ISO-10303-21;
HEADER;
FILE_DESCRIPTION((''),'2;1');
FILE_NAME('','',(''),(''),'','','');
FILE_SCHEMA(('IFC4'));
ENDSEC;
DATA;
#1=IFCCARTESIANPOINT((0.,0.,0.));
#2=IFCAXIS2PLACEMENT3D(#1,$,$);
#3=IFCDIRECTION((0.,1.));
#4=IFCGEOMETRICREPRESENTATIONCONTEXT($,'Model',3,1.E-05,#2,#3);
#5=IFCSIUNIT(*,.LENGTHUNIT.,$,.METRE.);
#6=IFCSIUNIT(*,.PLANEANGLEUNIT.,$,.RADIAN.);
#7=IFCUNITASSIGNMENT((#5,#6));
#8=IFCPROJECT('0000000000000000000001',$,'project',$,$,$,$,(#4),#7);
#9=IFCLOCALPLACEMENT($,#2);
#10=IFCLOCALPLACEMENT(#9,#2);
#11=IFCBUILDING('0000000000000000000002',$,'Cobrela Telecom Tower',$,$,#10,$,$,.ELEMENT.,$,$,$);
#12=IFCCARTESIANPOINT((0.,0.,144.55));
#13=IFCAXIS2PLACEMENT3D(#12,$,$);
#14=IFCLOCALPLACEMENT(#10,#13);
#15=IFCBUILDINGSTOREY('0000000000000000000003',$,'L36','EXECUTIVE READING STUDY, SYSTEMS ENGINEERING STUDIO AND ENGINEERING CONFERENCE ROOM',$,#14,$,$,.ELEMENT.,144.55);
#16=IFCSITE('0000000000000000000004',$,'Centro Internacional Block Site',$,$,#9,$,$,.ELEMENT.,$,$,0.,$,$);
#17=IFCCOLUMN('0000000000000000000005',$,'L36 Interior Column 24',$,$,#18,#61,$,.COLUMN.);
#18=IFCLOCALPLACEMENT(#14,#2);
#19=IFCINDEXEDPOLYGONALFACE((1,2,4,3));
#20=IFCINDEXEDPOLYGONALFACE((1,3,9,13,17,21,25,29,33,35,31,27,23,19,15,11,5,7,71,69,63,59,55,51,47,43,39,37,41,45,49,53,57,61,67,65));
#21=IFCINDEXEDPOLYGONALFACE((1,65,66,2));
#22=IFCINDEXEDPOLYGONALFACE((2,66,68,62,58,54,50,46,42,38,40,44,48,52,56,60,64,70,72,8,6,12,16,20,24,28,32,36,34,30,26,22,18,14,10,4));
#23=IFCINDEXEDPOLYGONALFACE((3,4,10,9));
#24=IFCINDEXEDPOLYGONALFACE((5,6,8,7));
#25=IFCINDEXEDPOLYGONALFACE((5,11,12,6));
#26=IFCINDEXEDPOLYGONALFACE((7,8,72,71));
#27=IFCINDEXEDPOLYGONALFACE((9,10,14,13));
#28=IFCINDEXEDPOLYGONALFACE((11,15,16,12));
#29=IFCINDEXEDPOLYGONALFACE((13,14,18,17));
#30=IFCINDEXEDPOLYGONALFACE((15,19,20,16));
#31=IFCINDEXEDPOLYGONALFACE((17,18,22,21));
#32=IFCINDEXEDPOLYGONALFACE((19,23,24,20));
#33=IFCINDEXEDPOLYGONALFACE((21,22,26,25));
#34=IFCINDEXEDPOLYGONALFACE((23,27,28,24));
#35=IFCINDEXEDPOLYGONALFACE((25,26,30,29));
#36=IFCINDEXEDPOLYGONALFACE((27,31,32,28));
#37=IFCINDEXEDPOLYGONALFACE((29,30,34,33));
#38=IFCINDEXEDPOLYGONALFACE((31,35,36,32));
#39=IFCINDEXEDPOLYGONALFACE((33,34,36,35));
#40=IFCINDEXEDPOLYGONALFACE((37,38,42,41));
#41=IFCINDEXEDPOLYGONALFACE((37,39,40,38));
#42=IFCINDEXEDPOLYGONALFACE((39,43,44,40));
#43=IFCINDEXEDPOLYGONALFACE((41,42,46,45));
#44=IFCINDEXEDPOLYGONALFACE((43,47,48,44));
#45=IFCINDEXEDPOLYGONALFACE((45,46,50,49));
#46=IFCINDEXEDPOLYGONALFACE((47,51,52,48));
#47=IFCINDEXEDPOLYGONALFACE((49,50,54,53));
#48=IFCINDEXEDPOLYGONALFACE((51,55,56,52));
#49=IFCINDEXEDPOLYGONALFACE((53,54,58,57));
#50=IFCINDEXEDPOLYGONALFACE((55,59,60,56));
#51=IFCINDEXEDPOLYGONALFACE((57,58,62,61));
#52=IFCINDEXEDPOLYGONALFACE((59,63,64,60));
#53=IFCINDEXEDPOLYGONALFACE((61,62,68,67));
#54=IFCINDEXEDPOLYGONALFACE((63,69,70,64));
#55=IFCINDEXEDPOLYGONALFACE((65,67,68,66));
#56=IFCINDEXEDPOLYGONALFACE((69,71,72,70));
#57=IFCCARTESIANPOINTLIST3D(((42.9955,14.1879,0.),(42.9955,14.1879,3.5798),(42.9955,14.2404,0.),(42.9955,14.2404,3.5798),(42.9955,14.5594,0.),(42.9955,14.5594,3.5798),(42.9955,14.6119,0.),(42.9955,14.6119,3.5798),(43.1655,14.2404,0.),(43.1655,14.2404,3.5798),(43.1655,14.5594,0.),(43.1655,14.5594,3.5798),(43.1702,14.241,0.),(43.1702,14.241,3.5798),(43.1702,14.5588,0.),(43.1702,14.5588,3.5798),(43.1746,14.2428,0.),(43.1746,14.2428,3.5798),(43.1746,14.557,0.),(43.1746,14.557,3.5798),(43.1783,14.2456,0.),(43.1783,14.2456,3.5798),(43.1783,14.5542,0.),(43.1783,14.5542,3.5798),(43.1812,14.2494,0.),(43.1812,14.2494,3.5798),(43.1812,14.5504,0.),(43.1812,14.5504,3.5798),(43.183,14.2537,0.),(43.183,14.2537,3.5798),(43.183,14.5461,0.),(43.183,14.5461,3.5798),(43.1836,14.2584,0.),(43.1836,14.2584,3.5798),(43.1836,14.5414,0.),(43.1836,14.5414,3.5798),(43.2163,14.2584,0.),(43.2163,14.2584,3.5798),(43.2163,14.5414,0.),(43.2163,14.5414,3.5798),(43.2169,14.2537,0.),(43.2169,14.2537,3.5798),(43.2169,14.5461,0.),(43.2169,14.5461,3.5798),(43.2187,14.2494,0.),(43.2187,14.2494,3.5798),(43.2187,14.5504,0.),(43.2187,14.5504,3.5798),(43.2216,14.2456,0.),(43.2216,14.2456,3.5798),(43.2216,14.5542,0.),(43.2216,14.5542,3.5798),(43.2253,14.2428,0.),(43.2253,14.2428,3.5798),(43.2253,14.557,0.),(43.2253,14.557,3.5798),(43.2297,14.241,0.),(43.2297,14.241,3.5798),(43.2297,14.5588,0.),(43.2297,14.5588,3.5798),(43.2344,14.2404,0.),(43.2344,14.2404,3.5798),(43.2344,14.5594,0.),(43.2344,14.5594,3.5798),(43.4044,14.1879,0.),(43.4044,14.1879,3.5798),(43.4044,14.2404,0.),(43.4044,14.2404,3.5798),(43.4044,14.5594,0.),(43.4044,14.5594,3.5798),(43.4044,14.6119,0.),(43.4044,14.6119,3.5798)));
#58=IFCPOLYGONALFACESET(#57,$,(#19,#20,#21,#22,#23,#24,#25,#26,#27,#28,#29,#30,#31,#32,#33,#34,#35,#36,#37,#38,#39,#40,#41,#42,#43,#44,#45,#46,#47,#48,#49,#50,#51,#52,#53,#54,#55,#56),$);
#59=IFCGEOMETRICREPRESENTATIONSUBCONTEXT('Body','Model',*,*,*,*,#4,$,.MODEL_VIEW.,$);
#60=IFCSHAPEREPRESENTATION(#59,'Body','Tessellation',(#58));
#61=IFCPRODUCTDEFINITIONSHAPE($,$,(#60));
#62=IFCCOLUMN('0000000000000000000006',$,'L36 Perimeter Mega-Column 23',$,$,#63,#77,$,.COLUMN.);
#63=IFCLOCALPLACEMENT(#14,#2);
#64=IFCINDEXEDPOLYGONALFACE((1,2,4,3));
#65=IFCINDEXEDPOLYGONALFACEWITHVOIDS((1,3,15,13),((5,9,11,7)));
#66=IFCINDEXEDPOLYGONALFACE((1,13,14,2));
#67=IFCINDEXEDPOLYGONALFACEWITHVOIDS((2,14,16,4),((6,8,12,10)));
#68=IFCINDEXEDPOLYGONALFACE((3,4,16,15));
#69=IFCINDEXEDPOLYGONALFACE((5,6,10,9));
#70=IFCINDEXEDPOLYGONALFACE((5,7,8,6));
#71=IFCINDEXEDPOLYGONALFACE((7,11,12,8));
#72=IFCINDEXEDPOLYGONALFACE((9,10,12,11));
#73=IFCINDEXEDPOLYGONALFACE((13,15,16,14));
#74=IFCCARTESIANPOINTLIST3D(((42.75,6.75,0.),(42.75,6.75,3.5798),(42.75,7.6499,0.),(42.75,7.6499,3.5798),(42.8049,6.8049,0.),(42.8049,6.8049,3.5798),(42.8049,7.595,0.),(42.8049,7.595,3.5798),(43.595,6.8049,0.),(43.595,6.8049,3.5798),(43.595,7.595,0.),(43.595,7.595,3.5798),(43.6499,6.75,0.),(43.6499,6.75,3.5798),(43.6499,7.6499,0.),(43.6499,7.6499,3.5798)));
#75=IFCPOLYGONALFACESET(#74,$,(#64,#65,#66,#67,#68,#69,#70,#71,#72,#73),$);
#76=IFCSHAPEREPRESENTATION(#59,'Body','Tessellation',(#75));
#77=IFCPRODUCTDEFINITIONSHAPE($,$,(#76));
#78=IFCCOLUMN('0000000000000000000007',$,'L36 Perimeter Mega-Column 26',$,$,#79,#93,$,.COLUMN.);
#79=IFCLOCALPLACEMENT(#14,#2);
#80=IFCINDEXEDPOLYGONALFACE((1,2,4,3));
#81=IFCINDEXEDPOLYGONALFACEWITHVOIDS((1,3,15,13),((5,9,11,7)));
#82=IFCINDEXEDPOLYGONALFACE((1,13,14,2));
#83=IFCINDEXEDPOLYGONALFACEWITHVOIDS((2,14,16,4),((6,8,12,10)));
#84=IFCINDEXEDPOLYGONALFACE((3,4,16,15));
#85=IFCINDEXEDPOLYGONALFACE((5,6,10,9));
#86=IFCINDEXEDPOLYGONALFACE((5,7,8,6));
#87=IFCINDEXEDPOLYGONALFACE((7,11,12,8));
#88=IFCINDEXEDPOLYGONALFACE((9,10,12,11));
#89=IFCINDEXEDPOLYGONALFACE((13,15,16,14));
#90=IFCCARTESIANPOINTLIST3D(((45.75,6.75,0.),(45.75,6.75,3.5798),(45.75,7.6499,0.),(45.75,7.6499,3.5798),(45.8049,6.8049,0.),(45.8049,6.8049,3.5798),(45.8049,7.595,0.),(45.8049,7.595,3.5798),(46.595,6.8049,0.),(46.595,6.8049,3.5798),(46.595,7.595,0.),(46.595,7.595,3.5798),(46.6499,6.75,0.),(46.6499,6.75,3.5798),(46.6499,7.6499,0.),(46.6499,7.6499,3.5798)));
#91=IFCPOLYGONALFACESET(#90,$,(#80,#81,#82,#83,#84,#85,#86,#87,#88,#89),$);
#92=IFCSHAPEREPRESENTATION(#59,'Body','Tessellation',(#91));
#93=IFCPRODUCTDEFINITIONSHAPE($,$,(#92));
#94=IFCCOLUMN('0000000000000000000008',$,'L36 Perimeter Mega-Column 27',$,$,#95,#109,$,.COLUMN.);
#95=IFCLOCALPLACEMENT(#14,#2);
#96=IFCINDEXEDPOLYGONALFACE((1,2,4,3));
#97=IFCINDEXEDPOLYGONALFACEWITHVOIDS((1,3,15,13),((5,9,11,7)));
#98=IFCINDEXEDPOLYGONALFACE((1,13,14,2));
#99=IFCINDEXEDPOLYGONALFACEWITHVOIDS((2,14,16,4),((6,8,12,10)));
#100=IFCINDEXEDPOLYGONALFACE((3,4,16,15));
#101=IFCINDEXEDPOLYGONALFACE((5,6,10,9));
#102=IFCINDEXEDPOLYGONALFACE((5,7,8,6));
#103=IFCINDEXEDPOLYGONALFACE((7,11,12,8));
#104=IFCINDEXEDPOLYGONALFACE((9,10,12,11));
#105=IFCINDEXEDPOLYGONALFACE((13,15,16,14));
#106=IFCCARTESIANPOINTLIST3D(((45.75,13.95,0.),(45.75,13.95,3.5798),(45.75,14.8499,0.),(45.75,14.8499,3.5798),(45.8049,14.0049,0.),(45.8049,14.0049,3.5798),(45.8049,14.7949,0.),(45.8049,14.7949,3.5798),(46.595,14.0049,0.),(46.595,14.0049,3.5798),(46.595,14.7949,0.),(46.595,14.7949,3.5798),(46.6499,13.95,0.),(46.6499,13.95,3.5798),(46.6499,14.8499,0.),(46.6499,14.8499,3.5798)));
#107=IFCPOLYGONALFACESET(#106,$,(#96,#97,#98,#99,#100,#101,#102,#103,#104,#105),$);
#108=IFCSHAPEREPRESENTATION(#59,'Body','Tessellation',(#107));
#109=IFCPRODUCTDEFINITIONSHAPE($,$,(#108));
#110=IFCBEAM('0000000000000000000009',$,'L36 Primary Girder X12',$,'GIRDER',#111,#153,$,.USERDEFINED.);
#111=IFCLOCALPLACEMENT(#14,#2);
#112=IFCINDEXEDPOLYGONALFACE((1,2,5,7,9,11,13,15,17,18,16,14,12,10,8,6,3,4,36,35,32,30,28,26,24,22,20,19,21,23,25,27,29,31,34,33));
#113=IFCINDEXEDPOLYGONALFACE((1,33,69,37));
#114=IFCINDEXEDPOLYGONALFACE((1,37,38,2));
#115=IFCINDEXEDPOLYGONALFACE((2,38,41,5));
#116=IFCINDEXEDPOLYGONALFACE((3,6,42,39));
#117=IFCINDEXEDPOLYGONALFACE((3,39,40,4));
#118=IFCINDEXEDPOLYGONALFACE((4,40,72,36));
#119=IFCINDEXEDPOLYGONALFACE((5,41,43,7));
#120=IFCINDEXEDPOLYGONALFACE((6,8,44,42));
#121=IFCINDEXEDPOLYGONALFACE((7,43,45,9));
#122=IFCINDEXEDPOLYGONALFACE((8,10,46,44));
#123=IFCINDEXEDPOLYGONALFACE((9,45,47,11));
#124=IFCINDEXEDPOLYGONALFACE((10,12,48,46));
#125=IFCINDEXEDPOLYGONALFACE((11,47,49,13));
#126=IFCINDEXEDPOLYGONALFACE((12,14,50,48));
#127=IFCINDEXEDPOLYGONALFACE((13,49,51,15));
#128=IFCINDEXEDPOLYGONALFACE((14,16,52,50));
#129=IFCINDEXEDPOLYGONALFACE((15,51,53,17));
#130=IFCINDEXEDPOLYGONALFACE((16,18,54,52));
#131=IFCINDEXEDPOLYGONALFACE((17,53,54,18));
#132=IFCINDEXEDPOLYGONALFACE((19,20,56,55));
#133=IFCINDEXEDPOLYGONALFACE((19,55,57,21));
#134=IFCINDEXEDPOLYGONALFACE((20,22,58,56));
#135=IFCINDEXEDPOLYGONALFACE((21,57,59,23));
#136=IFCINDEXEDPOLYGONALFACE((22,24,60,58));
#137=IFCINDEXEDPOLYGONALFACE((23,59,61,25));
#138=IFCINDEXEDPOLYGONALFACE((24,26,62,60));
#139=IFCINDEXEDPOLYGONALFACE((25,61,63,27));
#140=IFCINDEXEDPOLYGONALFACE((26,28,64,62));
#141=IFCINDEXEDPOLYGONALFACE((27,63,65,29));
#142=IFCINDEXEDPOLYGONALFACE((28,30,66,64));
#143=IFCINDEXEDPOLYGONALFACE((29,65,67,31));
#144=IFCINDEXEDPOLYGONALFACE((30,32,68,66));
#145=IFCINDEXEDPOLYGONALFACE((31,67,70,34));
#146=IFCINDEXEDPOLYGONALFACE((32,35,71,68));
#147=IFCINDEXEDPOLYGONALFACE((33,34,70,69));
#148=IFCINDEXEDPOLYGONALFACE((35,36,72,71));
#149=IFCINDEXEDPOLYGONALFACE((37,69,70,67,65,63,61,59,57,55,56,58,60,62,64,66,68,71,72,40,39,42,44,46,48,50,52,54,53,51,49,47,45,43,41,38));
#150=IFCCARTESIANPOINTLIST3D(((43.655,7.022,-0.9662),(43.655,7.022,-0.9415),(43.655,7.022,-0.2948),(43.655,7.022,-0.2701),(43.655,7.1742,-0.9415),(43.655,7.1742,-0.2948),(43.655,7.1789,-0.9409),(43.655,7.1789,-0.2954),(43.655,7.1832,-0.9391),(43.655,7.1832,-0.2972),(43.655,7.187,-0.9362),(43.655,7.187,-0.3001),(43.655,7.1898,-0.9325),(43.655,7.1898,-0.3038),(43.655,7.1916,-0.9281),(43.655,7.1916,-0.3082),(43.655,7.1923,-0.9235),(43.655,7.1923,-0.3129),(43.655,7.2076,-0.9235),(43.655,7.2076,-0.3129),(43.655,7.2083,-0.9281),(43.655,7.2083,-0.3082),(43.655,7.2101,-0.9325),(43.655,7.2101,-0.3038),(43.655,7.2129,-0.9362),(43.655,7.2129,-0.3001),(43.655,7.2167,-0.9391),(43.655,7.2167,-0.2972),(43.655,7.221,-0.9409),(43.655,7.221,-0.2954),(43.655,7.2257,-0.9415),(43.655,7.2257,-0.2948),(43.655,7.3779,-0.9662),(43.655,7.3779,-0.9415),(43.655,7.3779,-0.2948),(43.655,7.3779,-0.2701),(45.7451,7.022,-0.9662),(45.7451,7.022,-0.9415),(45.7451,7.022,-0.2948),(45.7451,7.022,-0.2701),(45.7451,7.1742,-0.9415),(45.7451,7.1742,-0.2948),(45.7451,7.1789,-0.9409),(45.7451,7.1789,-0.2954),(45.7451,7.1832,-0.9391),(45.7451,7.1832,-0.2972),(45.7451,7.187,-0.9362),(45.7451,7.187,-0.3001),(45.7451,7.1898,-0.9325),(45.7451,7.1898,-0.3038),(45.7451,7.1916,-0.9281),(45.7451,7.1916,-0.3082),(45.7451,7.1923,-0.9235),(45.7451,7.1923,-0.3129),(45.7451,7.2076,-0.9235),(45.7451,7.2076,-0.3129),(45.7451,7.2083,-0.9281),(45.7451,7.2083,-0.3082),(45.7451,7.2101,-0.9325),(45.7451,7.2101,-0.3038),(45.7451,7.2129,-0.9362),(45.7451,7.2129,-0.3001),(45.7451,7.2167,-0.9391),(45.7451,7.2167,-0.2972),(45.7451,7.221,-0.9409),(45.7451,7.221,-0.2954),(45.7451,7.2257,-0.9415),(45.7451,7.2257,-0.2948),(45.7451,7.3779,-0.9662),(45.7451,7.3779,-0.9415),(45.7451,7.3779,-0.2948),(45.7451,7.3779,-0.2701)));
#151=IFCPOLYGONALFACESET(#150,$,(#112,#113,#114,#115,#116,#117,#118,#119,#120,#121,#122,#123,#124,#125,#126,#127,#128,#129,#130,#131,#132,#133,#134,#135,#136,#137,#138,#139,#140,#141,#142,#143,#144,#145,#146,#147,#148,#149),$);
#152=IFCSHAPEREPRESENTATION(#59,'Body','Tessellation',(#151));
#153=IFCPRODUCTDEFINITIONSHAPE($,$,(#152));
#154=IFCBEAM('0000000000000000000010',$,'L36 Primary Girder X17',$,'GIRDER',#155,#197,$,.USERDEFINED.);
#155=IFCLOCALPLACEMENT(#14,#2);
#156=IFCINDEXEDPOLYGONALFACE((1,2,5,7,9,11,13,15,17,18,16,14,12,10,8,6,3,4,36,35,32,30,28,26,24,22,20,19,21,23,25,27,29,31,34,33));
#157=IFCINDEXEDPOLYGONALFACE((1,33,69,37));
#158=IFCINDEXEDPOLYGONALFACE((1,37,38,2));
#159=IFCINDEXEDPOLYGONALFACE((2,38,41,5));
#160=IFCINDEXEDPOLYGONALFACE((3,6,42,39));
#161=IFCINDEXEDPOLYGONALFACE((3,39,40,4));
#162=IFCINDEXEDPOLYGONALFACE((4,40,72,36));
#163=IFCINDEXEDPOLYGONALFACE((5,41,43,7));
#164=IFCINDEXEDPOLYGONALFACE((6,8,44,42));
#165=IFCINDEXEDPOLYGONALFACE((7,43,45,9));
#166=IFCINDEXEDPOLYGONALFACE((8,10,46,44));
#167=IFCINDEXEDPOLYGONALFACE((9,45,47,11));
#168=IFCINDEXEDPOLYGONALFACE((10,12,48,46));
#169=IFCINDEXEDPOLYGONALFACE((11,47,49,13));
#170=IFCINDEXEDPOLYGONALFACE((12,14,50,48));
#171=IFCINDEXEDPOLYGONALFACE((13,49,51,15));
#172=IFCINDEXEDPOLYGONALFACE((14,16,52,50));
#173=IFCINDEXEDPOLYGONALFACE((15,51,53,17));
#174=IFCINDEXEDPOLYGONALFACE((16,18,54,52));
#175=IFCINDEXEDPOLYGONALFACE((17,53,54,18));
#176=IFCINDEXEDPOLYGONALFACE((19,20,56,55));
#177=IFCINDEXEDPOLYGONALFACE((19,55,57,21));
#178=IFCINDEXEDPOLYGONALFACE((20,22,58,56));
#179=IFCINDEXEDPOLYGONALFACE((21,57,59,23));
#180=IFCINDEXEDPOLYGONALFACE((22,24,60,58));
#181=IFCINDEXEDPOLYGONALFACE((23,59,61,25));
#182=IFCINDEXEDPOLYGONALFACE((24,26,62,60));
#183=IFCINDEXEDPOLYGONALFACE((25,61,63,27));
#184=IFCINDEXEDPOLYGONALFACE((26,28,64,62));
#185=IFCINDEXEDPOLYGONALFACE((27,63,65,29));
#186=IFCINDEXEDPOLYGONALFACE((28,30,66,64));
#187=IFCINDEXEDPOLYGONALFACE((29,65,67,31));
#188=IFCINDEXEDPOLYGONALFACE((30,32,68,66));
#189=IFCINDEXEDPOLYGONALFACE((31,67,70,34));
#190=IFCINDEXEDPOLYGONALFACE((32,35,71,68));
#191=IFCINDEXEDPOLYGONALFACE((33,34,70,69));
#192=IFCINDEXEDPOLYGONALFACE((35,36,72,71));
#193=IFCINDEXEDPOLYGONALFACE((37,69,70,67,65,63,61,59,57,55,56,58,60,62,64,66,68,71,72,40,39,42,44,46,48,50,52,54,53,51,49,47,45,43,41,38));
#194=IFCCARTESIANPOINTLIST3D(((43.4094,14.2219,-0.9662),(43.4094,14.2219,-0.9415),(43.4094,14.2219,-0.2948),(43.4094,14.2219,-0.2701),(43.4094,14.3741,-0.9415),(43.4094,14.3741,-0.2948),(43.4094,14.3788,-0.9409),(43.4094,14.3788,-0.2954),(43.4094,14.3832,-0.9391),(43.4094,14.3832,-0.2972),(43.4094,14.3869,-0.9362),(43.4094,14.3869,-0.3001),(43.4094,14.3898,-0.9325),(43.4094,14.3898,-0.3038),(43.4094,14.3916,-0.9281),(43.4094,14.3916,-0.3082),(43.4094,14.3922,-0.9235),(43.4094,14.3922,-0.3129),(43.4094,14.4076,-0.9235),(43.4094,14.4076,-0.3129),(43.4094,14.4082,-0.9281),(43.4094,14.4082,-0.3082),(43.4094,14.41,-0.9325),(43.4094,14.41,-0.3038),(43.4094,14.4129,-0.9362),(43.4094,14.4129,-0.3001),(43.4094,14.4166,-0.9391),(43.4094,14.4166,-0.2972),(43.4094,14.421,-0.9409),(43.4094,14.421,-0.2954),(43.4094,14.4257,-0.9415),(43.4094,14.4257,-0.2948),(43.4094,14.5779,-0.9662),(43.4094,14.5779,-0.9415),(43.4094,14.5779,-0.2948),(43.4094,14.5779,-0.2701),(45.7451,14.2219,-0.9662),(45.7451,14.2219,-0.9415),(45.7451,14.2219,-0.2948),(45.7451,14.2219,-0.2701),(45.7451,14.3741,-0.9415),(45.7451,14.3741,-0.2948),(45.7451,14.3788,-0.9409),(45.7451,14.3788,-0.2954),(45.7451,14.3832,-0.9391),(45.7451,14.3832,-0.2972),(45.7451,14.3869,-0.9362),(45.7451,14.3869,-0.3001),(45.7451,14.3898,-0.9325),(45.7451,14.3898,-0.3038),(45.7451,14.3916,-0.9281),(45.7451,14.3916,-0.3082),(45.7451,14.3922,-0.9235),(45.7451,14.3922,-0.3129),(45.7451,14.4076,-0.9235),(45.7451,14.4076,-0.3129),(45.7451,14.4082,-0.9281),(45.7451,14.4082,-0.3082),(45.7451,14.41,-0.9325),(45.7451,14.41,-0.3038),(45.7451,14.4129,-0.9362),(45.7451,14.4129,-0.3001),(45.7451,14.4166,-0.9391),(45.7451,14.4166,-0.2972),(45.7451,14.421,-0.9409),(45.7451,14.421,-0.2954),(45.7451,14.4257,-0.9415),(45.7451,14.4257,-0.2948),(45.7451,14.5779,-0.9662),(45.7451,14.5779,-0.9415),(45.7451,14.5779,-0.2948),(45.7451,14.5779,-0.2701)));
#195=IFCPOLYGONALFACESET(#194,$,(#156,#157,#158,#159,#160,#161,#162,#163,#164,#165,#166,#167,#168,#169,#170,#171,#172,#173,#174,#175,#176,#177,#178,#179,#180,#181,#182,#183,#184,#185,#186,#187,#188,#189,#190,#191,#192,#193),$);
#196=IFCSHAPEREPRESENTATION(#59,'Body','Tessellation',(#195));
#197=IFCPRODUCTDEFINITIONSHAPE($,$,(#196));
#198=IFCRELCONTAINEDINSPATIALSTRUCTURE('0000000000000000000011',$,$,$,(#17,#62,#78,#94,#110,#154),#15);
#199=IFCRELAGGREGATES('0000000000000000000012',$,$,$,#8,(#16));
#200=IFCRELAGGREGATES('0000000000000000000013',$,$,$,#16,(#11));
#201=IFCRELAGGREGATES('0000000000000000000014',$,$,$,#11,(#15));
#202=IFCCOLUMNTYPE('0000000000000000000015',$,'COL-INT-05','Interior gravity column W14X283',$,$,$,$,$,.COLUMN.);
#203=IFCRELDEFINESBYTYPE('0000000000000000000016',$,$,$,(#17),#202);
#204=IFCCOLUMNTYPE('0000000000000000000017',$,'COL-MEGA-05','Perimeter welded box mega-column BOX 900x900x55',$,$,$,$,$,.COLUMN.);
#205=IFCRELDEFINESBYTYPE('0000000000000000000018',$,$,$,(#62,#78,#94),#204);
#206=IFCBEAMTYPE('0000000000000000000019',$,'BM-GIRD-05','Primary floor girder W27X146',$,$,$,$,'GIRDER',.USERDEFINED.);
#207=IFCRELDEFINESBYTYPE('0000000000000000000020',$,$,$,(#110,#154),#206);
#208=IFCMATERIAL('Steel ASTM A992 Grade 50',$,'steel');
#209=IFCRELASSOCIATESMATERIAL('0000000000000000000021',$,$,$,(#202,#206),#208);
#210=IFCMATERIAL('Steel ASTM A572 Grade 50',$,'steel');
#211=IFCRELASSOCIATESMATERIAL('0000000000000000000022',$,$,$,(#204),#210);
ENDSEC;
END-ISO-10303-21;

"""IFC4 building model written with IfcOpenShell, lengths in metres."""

from ifc_helpers import new_model, si_unit, direction, frame, origin, origin_2d, place, context, subcontext, project, spatial, hollow_rectangle, i_section, extrude, material, material_profile, profile_set, type_object, element, save


model = new_model("IFC4")

# Units and contexts
model_context = context("Model", 3, precision=1e-05, world=origin(), true_north=direction((0.0, 1.0)))
body_context = subcontext(model_context, "Body", "Model", "MODEL_VIEW")
ifc_project = project(units=[si_unit("LENGTHUNIT", "METRE"), si_unit("PLANEANGLEUNIT", "RADIAN")], contexts=[model_context])

# Site, building, storey
site_placement = place(None, origin())
site = spatial("IfcSite", under=ifc_project, at=site_placement, Name="Centro Internacional Block Site", CompositionType="ELEMENT", RefElevation=0.0)
building_placement = place(site_placement, origin())
building = spatial("IfcBuilding", under=site, at=building_placement, Name="Cobrela Telecom Tower", CompositionType="ELEMENT")
storey_placement = place(building_placement, frame((0.0, 0.0, 144.55)))
storey = spatial("IfcBuildingStorey", under=building, at=storey_placement, Name="L36", Description="EXECUTIVE READING STUDY, SYSTEMS ENGINEERING STUDIO AND ENGINEERING CONFERENCE ROOM", CompositionType="ELEMENT", Elevation=144.55)

# Columns
ifc_material_1 = material(Name="Steel ASTM A992 Grade 50", Category="steel")
ifc_material_profile_1 = material_profile(ifc_material_1, i_section(OverallWidth=0.4089, OverallDepth=0.4241, WebThickness=0.0327, FlangeThickness=0.0525, FilletRadius=0.0181, at=origin_2d()), Name="W14X283")
ifc_profile_set_1 = profile_set([ifc_material_profile_1], Name="Steel ASTM A992 Grade 50")
column_type_1 = type_object("IfcColumnType", Name="COL-INT-05", Description="Interior gravity column W14X283", PredefinedType="COLUMN", material=ifc_profile_set_1)
column_placement = place(storey_placement, frame((43.2, 14.3999, 0.0), z_axis=(0.0, 0.0, 1.0), x_axis=(1.0, 0.0, 0.0)))
element("IfcColumn", 1, at=column_placement, inside=storey, type_object=column_type_1, Name="L36 Interior Column 24", PredefinedType="COLUMN", context=body_context, shape_type="SweptSolid", body=[
    extrude(i_section(OverallWidth=0.4089, OverallDepth=0.4241, WebThickness=0.0327, FlangeThickness=0.0525, FilletRadius=0.0181, at=origin_2d()), origin(), (0.0, 0.0, 1.0), 3.5798),
])
ifc_material_2 = material(Name="Steel ASTM A572 Grade 50", Category="steel")
ifc_material_profile_2 = material_profile(ifc_material_2, hollow_rectangle(XDim=0.8999, YDim=0.8999, WallThickness=0.0549, at=origin_2d()), Name="BOX 900x900x55")
ifc_profile_set_2 = profile_set([ifc_material_profile_2], Name="Steel ASTM A572 Grade 50")
column_type_2 = type_object("IfcColumnType", Name="COL-MEGA-05", Description="Perimeter welded box mega-column BOX 900x900x55", PredefinedType="COLUMN", material=ifc_profile_set_2)
for number, where, z_axis, x_axis, name in (
    (2, (43.2, 7.2, 0.0), (0.0, 0.0, 1.0), (1.0, 0.0, 0.0), "L36 Perimeter Mega-Column 23"),
    (3, (46.2, 7.2, 0.0), (0.0, 0.0, 1.0), (1.0, 0.0, 0.0), "L36 Perimeter Mega-Column 26"),
    (4, (46.2, 14.3999, 0.0), (0.0, 0.0, 1.0), (1.0, 0.0, 0.0), "L36 Perimeter Mega-Column 27"),
):
    element("IfcColumn", number, at=place(storey_placement, frame(where, z_axis=z_axis, x_axis=x_axis)), inside=storey, type_object=column_type_2, Name=name, PredefinedType="COLUMN", context=body_context, shape_type="SweptSolid", body=[
        extrude(hollow_rectangle(XDim=0.8999, YDim=0.8999, WallThickness=0.0549, at=origin_2d()), origin(), (0.0, 0.0, 1.0), 3.5798),
    ])

# Beams
ifc_material_profile_3 = material_profile(ifc_material_1, i_section(OverallWidth=0.356, OverallDepth=0.696, WebThickness=0.0154, FlangeThickness=0.0247, FilletRadius=0.0181, at=origin_2d()), Name="W27X146")
ifc_profile_set_3 = profile_set([ifc_material_profile_3], Name="Steel ASTM A992 Grade 50")
beam_type_1 = type_object("IfcBeamType", Name="BM-GIRD-05", Description="Primary floor girder W27X146", ElementType="GIRDER", PredefinedType="USERDEFINED", material=ifc_profile_set_3)
beam_1_placement = place(storey_placement, frame((43.655, 7.2, -0.6182), z_axis=(1.0, 0.0, 0.0), x_axis=(0.0, 1.0, 0.0)))
element("IfcBeam", 5, at=beam_1_placement, inside=storey, type_object=beam_type_1, Name="L36 Primary Girder X12", ObjectType="GIRDER", PredefinedType="USERDEFINED", context=body_context, shape_type="SweptSolid", body=[
    extrude(i_section(OverallWidth=0.356, OverallDepth=0.696, WebThickness=0.0154, FlangeThickness=0.0247, FilletRadius=0.0181, at=origin_2d()), origin(), (0.0, 0.0, 1.0), 2.0901),
])
beam_2_placement = place(storey_placement, frame((43.4094, 14.3999, -0.6182), z_axis=(1.0, 0.0, 0.0), x_axis=(0.0, 1.0, 0.0)))
element("IfcBeam", 6, at=beam_2_placement, inside=storey, type_object=beam_type_1, Name="L36 Primary Girder X17", ObjectType="GIRDER", PredefinedType="USERDEFINED", context=body_context, shape_type="SweptSolid", body=[
    extrude(i_section(OverallWidth=0.356, OverallDepth=0.696, WebThickness=0.0154, FlangeThickness=0.0247, FilletRadius=0.0181, at=origin_2d()), origin(), (0.0, 0.0, 1.0), 2.3357),
])

save(model, "model.ifc")
